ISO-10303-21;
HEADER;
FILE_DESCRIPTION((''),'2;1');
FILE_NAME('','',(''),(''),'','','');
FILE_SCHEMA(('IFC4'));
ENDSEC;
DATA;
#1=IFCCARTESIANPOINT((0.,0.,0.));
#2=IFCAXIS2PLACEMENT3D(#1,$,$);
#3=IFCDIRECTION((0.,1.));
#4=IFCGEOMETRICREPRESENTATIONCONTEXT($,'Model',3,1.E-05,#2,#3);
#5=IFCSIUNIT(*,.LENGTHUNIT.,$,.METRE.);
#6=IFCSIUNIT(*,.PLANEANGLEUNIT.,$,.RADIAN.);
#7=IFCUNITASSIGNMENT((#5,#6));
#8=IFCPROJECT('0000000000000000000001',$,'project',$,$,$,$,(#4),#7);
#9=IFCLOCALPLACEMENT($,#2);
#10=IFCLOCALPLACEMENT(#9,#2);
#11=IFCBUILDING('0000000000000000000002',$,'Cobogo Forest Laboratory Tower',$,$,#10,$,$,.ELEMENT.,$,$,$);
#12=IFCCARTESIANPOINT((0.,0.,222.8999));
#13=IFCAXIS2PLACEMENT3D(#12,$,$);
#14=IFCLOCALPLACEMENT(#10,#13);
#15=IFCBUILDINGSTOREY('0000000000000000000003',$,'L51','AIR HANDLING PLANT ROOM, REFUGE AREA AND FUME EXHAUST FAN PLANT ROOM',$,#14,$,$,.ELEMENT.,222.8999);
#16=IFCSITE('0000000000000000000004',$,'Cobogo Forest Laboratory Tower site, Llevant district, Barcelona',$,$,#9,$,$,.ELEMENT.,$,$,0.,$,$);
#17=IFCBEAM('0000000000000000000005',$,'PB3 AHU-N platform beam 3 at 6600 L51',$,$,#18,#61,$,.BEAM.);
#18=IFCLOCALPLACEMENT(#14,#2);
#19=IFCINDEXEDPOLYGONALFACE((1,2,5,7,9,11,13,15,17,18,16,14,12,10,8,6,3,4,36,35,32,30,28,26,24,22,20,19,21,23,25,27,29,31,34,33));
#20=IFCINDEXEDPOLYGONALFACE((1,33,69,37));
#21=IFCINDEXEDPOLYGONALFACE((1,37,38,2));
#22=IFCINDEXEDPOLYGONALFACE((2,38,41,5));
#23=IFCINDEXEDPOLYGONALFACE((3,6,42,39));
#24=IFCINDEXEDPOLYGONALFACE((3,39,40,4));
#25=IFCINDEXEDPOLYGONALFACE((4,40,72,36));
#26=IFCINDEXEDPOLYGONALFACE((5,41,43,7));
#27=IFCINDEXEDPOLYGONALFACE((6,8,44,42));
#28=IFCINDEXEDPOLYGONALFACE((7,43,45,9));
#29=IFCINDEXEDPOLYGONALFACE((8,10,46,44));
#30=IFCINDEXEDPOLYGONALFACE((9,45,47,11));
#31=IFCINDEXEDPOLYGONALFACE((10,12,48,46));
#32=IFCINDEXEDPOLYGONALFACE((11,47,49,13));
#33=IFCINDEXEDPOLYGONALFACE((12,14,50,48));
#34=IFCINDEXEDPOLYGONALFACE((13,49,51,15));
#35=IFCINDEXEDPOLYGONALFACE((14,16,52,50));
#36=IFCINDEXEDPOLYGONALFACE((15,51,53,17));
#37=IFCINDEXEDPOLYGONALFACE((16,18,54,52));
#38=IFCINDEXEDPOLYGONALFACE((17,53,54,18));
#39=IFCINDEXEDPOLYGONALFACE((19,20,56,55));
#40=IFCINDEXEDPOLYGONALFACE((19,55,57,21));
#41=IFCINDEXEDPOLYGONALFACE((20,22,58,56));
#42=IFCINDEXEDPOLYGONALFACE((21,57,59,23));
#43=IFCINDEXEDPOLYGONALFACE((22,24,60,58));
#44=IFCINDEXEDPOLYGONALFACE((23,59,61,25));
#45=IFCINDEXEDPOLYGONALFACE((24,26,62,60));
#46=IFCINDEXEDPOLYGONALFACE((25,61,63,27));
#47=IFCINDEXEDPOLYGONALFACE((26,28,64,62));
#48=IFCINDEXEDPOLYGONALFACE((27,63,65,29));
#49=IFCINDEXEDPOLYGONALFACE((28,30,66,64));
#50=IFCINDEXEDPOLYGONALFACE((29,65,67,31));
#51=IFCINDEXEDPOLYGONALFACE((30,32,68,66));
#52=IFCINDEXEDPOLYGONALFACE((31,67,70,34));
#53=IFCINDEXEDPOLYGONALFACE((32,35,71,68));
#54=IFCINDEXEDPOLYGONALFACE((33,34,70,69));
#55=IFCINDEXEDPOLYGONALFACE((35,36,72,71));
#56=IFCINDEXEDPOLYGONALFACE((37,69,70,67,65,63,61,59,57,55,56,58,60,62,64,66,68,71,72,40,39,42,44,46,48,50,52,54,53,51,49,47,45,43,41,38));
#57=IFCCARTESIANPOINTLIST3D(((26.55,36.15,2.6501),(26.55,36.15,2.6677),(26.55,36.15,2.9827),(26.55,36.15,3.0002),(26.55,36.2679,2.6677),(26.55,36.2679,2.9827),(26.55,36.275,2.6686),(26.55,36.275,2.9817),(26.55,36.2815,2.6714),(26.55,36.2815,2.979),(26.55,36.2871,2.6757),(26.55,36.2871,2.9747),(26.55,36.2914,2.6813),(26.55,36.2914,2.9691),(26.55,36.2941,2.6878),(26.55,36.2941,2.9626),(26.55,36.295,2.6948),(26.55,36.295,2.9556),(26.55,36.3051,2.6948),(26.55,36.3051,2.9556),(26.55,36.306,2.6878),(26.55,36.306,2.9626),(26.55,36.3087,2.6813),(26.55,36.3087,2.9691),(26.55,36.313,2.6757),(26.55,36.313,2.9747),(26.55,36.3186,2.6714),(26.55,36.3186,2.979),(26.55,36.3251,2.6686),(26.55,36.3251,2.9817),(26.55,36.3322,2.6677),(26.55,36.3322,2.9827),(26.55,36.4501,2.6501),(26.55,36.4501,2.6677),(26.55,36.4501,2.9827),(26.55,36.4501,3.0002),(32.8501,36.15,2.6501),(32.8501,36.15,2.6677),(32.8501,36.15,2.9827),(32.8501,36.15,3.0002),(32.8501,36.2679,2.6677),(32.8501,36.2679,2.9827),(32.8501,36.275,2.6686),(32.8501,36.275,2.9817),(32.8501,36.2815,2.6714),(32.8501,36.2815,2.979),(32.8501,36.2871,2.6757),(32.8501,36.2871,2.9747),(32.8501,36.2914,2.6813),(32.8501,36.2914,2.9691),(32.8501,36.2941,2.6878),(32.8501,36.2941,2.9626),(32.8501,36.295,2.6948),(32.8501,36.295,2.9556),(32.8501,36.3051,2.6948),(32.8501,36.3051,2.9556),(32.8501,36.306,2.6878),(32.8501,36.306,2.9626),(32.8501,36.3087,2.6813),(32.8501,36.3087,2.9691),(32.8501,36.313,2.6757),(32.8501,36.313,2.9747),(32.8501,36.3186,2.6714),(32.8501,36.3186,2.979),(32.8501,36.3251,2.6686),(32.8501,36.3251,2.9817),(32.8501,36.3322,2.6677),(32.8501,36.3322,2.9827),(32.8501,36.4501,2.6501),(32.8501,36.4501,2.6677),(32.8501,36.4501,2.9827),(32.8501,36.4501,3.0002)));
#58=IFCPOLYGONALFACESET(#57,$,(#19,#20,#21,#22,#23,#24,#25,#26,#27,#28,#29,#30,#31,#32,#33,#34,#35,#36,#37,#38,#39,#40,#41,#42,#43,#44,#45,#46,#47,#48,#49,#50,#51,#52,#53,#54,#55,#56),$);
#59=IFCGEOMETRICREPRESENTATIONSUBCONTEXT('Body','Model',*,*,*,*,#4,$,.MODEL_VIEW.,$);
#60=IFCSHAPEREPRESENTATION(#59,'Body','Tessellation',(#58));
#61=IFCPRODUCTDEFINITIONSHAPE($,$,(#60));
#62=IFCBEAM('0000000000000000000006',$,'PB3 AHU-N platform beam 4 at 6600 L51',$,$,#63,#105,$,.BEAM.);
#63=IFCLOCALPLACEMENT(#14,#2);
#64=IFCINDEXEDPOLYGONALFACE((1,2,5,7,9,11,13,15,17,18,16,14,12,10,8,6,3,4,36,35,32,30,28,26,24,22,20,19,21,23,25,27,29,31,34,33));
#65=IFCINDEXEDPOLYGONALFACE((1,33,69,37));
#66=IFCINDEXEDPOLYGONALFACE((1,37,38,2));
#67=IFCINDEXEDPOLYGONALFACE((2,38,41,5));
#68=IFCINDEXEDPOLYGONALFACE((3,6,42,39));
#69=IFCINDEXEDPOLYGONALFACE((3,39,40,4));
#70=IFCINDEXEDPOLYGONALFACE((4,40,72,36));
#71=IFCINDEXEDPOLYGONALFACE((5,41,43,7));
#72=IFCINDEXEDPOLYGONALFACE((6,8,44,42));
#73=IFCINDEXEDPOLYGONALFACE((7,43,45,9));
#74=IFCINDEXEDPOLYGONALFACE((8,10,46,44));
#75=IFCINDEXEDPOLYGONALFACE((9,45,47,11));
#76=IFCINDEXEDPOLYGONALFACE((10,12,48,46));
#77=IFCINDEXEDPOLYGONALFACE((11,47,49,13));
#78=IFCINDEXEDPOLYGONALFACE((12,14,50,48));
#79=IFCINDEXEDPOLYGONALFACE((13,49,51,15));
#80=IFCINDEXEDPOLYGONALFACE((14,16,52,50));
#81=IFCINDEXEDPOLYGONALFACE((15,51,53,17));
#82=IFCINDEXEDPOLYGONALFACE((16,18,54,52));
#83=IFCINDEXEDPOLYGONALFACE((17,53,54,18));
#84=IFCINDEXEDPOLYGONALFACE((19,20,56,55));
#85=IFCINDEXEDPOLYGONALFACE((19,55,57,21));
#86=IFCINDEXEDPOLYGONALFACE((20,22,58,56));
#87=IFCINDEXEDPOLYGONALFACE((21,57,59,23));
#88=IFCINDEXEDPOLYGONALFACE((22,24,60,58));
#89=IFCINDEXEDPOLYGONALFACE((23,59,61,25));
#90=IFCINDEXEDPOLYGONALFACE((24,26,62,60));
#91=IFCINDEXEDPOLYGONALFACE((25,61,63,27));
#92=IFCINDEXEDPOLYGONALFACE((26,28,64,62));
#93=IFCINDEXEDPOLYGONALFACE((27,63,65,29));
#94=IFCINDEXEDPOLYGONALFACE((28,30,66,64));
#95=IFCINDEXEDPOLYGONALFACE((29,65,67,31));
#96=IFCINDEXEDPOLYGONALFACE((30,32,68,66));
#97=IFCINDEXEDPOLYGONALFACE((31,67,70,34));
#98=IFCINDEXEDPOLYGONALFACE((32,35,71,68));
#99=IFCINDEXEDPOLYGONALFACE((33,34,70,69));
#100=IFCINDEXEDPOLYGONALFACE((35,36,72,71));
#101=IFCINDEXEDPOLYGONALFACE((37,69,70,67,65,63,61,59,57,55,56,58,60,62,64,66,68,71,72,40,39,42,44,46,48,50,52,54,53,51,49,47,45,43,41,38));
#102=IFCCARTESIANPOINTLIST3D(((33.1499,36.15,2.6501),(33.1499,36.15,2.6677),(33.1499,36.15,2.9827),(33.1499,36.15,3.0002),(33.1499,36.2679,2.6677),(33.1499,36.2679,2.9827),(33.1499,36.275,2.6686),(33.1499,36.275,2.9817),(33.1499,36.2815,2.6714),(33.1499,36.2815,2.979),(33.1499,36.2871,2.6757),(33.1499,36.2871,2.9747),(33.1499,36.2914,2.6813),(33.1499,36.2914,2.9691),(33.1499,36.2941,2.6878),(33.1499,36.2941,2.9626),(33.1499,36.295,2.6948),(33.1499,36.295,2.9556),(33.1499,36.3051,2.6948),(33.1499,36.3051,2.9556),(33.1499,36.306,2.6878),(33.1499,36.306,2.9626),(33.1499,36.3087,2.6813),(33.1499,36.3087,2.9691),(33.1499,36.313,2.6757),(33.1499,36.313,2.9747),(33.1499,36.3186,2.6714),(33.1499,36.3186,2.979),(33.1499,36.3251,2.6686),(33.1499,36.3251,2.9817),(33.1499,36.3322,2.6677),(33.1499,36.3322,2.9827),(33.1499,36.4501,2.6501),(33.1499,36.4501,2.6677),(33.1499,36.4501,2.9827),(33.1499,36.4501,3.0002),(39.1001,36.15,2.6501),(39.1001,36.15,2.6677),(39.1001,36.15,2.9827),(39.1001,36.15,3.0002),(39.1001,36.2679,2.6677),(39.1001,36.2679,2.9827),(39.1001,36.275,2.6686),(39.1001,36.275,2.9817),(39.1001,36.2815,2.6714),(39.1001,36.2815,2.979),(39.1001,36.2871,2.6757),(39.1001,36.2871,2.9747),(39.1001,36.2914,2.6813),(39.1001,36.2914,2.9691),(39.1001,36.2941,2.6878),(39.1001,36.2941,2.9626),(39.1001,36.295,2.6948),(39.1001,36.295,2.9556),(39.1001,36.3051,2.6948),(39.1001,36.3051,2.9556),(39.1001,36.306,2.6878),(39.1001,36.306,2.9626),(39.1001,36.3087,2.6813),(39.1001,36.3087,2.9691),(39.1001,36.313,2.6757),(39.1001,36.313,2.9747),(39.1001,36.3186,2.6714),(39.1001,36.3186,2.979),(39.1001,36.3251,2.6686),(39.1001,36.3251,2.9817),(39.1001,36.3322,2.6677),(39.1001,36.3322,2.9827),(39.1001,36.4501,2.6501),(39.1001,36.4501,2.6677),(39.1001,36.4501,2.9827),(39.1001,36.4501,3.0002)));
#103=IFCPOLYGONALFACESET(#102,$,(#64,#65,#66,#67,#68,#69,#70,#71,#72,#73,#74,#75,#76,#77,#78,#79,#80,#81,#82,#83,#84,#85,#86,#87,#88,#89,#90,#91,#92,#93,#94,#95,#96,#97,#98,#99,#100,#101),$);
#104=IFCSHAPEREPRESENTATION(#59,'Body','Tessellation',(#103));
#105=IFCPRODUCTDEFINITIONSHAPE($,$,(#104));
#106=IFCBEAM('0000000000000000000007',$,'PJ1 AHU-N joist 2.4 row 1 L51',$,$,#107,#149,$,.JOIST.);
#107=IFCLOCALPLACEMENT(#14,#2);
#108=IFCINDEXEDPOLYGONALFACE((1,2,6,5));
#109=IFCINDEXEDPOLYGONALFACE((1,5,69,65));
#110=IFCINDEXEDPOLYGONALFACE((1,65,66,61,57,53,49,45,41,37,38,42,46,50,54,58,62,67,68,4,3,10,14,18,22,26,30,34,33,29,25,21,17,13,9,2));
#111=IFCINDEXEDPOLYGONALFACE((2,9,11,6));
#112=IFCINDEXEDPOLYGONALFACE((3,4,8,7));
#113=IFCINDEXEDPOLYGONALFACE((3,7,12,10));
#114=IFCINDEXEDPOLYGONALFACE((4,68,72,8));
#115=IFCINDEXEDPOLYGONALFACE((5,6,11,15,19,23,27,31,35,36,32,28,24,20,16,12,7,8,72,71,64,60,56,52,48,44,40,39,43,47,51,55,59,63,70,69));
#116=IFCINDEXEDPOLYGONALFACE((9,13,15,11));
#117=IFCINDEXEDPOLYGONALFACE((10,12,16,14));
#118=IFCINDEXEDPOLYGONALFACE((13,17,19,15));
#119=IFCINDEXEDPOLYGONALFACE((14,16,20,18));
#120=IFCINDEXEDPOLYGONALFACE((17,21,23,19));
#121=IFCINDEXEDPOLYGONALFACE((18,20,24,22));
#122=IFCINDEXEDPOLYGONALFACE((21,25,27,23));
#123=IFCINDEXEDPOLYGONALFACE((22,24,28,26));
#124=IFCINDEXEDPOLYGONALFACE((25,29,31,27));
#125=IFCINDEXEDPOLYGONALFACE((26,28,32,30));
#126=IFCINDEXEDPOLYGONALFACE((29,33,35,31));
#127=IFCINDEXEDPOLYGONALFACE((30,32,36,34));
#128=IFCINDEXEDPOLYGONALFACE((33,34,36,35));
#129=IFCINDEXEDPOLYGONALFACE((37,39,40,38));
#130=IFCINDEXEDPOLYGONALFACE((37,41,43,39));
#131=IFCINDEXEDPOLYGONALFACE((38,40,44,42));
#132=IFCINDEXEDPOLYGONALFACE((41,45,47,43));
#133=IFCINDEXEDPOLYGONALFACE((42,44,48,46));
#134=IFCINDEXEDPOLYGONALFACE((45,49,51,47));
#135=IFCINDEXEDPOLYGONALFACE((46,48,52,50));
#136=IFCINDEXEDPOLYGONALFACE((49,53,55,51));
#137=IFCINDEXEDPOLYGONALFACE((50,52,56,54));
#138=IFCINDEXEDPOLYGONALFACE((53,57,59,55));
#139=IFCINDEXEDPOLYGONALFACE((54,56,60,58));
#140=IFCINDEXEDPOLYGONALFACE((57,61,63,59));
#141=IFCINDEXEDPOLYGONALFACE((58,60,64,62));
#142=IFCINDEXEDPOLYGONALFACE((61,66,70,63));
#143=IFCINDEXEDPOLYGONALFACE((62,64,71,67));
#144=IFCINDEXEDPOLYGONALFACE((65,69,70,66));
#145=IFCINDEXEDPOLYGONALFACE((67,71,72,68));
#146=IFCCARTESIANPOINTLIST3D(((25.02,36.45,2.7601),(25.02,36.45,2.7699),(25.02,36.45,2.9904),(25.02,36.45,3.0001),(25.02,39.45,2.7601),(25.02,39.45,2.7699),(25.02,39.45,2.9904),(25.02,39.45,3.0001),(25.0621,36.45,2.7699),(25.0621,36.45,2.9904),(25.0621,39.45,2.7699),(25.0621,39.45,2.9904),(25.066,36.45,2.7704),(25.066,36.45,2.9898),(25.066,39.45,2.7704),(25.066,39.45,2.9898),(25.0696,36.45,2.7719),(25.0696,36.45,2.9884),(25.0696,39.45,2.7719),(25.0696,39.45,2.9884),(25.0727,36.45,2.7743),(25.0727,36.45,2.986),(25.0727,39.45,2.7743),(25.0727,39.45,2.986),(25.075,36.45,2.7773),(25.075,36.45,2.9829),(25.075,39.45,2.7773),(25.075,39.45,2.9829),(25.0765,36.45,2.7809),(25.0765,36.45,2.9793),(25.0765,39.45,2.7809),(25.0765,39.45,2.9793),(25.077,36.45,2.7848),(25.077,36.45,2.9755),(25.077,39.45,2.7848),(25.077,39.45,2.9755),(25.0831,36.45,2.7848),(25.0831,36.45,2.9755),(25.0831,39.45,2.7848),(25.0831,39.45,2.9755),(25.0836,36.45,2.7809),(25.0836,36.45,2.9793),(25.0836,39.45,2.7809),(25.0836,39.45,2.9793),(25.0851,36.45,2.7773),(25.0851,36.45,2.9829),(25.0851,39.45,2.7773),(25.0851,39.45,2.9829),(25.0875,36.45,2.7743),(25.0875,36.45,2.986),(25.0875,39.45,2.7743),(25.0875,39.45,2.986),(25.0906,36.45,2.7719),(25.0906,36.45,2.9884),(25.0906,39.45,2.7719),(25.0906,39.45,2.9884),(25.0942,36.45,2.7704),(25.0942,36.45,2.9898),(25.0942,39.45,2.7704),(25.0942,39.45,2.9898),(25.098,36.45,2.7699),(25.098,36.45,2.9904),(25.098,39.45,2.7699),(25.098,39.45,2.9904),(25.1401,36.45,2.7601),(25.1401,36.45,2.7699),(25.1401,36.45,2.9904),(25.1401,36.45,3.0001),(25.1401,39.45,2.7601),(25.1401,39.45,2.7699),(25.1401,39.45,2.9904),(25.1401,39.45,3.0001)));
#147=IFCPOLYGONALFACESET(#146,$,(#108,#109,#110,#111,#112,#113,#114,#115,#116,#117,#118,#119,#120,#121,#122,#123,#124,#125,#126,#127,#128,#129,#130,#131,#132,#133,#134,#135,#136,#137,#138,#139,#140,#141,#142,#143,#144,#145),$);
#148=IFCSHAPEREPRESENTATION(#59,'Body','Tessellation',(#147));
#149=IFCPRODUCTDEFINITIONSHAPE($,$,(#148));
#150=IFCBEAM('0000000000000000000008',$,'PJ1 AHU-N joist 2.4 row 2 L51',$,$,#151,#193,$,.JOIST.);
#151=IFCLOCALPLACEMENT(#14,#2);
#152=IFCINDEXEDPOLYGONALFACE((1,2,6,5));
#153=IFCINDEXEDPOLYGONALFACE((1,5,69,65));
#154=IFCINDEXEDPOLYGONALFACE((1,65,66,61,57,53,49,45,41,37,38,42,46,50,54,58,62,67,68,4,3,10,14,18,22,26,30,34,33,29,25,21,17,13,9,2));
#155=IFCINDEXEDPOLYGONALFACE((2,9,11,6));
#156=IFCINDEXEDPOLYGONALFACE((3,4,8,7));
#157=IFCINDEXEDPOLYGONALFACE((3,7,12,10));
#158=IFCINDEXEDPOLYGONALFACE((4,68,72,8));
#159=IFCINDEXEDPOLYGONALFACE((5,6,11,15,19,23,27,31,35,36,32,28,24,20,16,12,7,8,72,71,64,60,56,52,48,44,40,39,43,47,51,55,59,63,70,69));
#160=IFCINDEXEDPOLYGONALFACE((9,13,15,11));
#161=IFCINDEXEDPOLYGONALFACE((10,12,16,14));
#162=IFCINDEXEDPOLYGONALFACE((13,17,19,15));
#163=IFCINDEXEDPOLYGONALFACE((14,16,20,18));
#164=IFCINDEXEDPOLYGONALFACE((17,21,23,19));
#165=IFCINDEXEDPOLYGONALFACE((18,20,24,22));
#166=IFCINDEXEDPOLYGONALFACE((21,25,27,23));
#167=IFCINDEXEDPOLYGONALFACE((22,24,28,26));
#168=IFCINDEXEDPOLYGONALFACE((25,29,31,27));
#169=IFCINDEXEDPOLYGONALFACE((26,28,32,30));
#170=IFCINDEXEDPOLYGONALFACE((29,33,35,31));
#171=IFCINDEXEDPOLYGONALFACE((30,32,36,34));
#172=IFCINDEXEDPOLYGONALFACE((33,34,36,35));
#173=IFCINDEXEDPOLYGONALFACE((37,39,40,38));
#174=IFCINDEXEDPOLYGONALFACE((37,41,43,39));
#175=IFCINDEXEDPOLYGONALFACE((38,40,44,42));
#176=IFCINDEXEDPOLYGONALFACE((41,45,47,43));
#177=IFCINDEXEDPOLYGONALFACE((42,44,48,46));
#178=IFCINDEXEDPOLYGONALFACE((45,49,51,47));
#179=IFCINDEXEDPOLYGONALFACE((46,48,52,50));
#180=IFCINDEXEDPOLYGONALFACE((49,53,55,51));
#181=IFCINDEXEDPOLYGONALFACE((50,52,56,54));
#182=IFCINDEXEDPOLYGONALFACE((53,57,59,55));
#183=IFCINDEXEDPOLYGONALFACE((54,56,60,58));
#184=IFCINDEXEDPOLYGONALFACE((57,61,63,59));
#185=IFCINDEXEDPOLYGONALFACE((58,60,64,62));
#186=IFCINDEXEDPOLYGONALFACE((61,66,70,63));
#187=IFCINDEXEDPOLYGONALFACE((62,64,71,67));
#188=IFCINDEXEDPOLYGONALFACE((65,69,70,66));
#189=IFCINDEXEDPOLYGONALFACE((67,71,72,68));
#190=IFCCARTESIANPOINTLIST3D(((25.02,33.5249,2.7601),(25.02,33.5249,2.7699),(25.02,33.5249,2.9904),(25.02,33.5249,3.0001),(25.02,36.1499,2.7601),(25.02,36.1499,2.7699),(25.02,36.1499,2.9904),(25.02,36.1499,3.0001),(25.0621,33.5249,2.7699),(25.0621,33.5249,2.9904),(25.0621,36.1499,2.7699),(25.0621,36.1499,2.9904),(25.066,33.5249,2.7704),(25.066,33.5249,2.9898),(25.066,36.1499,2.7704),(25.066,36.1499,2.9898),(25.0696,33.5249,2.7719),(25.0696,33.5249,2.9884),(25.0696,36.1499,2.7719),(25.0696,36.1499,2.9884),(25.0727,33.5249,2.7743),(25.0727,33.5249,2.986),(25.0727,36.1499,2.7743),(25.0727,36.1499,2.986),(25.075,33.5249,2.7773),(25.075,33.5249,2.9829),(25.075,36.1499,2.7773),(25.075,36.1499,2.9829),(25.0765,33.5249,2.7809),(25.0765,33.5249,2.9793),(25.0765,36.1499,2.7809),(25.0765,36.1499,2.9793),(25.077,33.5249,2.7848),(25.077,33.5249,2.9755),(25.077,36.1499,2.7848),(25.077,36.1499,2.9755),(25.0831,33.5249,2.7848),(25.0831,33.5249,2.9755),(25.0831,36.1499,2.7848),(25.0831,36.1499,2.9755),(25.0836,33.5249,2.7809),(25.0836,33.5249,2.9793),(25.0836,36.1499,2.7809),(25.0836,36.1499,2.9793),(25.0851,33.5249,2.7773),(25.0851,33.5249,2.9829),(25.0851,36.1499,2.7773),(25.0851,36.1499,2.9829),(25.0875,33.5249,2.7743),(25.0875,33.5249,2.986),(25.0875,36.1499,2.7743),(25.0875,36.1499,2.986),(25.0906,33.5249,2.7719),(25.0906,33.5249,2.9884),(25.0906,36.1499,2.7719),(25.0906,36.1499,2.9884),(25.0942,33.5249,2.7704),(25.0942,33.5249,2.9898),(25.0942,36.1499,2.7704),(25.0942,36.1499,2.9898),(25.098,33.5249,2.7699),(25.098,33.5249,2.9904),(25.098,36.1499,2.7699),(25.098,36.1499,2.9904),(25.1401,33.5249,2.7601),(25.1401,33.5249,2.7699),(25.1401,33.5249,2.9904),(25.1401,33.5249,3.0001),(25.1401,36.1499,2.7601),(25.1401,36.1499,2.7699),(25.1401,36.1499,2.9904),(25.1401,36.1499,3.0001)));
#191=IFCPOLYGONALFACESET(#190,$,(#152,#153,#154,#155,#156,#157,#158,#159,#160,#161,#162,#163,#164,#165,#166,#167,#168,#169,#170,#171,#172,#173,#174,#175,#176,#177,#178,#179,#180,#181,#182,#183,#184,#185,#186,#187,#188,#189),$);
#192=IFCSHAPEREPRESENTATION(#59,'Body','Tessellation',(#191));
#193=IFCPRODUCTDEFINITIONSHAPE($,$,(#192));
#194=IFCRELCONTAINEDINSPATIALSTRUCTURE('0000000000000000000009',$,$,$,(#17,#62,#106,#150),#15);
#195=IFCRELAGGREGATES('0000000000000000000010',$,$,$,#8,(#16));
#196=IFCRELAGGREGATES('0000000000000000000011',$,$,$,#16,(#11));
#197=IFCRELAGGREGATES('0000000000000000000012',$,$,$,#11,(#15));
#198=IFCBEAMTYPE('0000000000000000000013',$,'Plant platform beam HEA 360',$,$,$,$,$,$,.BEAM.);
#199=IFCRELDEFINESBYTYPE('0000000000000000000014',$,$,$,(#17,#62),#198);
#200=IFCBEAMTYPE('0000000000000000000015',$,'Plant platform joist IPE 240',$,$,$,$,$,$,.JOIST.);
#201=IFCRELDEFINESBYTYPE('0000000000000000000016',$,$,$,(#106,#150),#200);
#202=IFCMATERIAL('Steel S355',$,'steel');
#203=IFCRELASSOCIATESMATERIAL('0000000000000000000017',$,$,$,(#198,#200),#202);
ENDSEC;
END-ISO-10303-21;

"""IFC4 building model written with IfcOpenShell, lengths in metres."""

from ifc_helpers import new_model, si_unit, direction, frame, origin, origin_2d, place, context, subcontext, project, spatial, i_section, extrude, material, material_profile, profile_set, type_object, element, save


model = new_model("IFC4")

# Units and contexts
model_context = context("Model", 3, precision=1e-05, world=origin(), true_north=direction((0.0, 1.0)))
body_context = subcontext(model_context, "Body", "Model", "MODEL_VIEW")
ifc_project = project(units=[si_unit("LENGTHUNIT", "METRE"), si_unit("PLANEANGLEUNIT", "RADIAN")], contexts=[model_context])

# Site, building, storey
site_placement = place(None, origin())
site = spatial("IfcSite", under=ifc_project, at=site_placement, Name="Cobogo Forest Laboratory Tower site, Llevant district, Barcelona", CompositionType="ELEMENT", RefElevation=0.0)
building_placement = place(site_placement, origin())
building = spatial("IfcBuilding", under=site, at=building_placement, Name="Cobogo Forest Laboratory Tower", CompositionType="ELEMENT")
storey_placement = place(building_placement, frame((0.0, 0.0, 222.8999)))
storey = spatial("IfcBuildingStorey", under=building, at=storey_placement, Name="L51", Description="AIR HANDLING PLANT ROOM, REFUGE AREA AND FUME EXHAUST FAN PLANT ROOM", CompositionType="ELEMENT", Elevation=222.8999)

# Shared definitions
ifc_material_1 = material(Name="Steel S355", Category="steel")

# Beams
ifc_material_profile_1 = material_profile(ifc_material_1, i_section(OverallWidth=0.3, OverallDepth=0.3501, WebThickness=0.01, FlangeThickness=0.0176, FilletRadius=0.0271, at=origin_2d()), Name="HEA 360")
ifc_profile_set_1 = profile_set([ifc_material_profile_1], Name="Steel S355")
beam_type_1 = type_object("IfcBeamType", Name="Plant platform beam HEA 360", PredefinedType="BEAM", material=ifc_profile_set_1)
beam_1_placement = place(storey_placement, frame((26.55, 36.3, 2.8252), z_axis=(1.0, 0.0, 0.0), x_axis=(0.0, 1.0, 0.0)))
element("IfcBeam", 1, at=beam_1_placement, inside=storey, type_object=beam_type_1, Name="PB3 AHU-N platform beam 3 at 6600 L51", PredefinedType="BEAM", context=body_context, shape_type="SweptSolid", body=[
    extrude(i_section(OverallWidth=0.3, OverallDepth=0.3501, WebThickness=0.01, FlangeThickness=0.0176, FilletRadius=0.0271, at=origin_2d()), origin(), (0.0, 0.0, 1.0), 6.3),
])
beam_2_placement = place(storey_placement, frame((33.1499, 36.3, 2.8252), z_axis=(1.0, 0.0, 0.0), x_axis=(0.0, 1.0, 0.0)))
element("IfcBeam", 2, at=beam_2_placement, inside=storey, type_object=beam_type_1, Name="PB3 AHU-N platform beam 4 at 6600 L51", PredefinedType="BEAM", context=body_context, shape_type="SweptSolid", body=[
    extrude(i_section(OverallWidth=0.3, OverallDepth=0.3501, WebThickness=0.01, FlangeThickness=0.0176, FilletRadius=0.0271, at=origin_2d()), origin(), (0.0, 0.0, 1.0), 5.9502),
])
ifc_material_profile_2 = material_profile(ifc_material_1, i_section(OverallWidth=0.1201, OverallDepth=0.24, WebThickness=0.0061, FlangeThickness=0.0098, FilletRadius=0.0149, at=origin_2d()), Name="IPE 240")
ifc_profile_set_2 = profile_set([ifc_material_profile_2], Name="Steel S355")
beam_type_2 = type_object("IfcBeamType", Name="Plant platform joist IPE 240", PredefinedType="JOIST", material=ifc_profile_set_2)
beam_3_placement = place(storey_placement, frame((25.0801, 39.45, 2.8801), z_axis=(0.0, -1.0, 0.0), x_axis=(1.0, 0.0, 0.0)))
element("IfcBeam", 3, at=beam_3_placement, inside=storey, type_object=beam_type_2, Name="PJ1 AHU-N joist 2.4 row 1 L51", PredefinedType="JOIST", context=body_context, shape_type="SweptSolid", body=[
    extrude(i_section(OverallWidth=0.1201, OverallDepth=0.24, WebThickness=0.0061, FlangeThickness=0.0098, FilletRadius=0.0149, at=origin_2d()), origin(), (0.0, 0.0, 1.0), 3.0),
])
beam_4_placement = place(storey_placement, frame((25.0801, 36.1499, 2.8801), z_axis=(0.0, -1.0, 0.0), x_axis=(1.0, 0.0, 0.0)))
element("IfcBeam", 4, at=beam_4_placement, inside=storey, type_object=beam_type_2, Name="PJ1 AHU-N joist 2.4 row 2 L51", PredefinedType="JOIST", context=body_context, shape_type="SweptSolid", body=[
    extrude(i_section(OverallWidth=0.1201, OverallDepth=0.24, WebThickness=0.0061, FlangeThickness=0.0098, FilletRadius=0.0149, at=origin_2d()), origin(), (0.0, 0.0, 1.0), 2.625),
])

save(model, "model.ifc")
